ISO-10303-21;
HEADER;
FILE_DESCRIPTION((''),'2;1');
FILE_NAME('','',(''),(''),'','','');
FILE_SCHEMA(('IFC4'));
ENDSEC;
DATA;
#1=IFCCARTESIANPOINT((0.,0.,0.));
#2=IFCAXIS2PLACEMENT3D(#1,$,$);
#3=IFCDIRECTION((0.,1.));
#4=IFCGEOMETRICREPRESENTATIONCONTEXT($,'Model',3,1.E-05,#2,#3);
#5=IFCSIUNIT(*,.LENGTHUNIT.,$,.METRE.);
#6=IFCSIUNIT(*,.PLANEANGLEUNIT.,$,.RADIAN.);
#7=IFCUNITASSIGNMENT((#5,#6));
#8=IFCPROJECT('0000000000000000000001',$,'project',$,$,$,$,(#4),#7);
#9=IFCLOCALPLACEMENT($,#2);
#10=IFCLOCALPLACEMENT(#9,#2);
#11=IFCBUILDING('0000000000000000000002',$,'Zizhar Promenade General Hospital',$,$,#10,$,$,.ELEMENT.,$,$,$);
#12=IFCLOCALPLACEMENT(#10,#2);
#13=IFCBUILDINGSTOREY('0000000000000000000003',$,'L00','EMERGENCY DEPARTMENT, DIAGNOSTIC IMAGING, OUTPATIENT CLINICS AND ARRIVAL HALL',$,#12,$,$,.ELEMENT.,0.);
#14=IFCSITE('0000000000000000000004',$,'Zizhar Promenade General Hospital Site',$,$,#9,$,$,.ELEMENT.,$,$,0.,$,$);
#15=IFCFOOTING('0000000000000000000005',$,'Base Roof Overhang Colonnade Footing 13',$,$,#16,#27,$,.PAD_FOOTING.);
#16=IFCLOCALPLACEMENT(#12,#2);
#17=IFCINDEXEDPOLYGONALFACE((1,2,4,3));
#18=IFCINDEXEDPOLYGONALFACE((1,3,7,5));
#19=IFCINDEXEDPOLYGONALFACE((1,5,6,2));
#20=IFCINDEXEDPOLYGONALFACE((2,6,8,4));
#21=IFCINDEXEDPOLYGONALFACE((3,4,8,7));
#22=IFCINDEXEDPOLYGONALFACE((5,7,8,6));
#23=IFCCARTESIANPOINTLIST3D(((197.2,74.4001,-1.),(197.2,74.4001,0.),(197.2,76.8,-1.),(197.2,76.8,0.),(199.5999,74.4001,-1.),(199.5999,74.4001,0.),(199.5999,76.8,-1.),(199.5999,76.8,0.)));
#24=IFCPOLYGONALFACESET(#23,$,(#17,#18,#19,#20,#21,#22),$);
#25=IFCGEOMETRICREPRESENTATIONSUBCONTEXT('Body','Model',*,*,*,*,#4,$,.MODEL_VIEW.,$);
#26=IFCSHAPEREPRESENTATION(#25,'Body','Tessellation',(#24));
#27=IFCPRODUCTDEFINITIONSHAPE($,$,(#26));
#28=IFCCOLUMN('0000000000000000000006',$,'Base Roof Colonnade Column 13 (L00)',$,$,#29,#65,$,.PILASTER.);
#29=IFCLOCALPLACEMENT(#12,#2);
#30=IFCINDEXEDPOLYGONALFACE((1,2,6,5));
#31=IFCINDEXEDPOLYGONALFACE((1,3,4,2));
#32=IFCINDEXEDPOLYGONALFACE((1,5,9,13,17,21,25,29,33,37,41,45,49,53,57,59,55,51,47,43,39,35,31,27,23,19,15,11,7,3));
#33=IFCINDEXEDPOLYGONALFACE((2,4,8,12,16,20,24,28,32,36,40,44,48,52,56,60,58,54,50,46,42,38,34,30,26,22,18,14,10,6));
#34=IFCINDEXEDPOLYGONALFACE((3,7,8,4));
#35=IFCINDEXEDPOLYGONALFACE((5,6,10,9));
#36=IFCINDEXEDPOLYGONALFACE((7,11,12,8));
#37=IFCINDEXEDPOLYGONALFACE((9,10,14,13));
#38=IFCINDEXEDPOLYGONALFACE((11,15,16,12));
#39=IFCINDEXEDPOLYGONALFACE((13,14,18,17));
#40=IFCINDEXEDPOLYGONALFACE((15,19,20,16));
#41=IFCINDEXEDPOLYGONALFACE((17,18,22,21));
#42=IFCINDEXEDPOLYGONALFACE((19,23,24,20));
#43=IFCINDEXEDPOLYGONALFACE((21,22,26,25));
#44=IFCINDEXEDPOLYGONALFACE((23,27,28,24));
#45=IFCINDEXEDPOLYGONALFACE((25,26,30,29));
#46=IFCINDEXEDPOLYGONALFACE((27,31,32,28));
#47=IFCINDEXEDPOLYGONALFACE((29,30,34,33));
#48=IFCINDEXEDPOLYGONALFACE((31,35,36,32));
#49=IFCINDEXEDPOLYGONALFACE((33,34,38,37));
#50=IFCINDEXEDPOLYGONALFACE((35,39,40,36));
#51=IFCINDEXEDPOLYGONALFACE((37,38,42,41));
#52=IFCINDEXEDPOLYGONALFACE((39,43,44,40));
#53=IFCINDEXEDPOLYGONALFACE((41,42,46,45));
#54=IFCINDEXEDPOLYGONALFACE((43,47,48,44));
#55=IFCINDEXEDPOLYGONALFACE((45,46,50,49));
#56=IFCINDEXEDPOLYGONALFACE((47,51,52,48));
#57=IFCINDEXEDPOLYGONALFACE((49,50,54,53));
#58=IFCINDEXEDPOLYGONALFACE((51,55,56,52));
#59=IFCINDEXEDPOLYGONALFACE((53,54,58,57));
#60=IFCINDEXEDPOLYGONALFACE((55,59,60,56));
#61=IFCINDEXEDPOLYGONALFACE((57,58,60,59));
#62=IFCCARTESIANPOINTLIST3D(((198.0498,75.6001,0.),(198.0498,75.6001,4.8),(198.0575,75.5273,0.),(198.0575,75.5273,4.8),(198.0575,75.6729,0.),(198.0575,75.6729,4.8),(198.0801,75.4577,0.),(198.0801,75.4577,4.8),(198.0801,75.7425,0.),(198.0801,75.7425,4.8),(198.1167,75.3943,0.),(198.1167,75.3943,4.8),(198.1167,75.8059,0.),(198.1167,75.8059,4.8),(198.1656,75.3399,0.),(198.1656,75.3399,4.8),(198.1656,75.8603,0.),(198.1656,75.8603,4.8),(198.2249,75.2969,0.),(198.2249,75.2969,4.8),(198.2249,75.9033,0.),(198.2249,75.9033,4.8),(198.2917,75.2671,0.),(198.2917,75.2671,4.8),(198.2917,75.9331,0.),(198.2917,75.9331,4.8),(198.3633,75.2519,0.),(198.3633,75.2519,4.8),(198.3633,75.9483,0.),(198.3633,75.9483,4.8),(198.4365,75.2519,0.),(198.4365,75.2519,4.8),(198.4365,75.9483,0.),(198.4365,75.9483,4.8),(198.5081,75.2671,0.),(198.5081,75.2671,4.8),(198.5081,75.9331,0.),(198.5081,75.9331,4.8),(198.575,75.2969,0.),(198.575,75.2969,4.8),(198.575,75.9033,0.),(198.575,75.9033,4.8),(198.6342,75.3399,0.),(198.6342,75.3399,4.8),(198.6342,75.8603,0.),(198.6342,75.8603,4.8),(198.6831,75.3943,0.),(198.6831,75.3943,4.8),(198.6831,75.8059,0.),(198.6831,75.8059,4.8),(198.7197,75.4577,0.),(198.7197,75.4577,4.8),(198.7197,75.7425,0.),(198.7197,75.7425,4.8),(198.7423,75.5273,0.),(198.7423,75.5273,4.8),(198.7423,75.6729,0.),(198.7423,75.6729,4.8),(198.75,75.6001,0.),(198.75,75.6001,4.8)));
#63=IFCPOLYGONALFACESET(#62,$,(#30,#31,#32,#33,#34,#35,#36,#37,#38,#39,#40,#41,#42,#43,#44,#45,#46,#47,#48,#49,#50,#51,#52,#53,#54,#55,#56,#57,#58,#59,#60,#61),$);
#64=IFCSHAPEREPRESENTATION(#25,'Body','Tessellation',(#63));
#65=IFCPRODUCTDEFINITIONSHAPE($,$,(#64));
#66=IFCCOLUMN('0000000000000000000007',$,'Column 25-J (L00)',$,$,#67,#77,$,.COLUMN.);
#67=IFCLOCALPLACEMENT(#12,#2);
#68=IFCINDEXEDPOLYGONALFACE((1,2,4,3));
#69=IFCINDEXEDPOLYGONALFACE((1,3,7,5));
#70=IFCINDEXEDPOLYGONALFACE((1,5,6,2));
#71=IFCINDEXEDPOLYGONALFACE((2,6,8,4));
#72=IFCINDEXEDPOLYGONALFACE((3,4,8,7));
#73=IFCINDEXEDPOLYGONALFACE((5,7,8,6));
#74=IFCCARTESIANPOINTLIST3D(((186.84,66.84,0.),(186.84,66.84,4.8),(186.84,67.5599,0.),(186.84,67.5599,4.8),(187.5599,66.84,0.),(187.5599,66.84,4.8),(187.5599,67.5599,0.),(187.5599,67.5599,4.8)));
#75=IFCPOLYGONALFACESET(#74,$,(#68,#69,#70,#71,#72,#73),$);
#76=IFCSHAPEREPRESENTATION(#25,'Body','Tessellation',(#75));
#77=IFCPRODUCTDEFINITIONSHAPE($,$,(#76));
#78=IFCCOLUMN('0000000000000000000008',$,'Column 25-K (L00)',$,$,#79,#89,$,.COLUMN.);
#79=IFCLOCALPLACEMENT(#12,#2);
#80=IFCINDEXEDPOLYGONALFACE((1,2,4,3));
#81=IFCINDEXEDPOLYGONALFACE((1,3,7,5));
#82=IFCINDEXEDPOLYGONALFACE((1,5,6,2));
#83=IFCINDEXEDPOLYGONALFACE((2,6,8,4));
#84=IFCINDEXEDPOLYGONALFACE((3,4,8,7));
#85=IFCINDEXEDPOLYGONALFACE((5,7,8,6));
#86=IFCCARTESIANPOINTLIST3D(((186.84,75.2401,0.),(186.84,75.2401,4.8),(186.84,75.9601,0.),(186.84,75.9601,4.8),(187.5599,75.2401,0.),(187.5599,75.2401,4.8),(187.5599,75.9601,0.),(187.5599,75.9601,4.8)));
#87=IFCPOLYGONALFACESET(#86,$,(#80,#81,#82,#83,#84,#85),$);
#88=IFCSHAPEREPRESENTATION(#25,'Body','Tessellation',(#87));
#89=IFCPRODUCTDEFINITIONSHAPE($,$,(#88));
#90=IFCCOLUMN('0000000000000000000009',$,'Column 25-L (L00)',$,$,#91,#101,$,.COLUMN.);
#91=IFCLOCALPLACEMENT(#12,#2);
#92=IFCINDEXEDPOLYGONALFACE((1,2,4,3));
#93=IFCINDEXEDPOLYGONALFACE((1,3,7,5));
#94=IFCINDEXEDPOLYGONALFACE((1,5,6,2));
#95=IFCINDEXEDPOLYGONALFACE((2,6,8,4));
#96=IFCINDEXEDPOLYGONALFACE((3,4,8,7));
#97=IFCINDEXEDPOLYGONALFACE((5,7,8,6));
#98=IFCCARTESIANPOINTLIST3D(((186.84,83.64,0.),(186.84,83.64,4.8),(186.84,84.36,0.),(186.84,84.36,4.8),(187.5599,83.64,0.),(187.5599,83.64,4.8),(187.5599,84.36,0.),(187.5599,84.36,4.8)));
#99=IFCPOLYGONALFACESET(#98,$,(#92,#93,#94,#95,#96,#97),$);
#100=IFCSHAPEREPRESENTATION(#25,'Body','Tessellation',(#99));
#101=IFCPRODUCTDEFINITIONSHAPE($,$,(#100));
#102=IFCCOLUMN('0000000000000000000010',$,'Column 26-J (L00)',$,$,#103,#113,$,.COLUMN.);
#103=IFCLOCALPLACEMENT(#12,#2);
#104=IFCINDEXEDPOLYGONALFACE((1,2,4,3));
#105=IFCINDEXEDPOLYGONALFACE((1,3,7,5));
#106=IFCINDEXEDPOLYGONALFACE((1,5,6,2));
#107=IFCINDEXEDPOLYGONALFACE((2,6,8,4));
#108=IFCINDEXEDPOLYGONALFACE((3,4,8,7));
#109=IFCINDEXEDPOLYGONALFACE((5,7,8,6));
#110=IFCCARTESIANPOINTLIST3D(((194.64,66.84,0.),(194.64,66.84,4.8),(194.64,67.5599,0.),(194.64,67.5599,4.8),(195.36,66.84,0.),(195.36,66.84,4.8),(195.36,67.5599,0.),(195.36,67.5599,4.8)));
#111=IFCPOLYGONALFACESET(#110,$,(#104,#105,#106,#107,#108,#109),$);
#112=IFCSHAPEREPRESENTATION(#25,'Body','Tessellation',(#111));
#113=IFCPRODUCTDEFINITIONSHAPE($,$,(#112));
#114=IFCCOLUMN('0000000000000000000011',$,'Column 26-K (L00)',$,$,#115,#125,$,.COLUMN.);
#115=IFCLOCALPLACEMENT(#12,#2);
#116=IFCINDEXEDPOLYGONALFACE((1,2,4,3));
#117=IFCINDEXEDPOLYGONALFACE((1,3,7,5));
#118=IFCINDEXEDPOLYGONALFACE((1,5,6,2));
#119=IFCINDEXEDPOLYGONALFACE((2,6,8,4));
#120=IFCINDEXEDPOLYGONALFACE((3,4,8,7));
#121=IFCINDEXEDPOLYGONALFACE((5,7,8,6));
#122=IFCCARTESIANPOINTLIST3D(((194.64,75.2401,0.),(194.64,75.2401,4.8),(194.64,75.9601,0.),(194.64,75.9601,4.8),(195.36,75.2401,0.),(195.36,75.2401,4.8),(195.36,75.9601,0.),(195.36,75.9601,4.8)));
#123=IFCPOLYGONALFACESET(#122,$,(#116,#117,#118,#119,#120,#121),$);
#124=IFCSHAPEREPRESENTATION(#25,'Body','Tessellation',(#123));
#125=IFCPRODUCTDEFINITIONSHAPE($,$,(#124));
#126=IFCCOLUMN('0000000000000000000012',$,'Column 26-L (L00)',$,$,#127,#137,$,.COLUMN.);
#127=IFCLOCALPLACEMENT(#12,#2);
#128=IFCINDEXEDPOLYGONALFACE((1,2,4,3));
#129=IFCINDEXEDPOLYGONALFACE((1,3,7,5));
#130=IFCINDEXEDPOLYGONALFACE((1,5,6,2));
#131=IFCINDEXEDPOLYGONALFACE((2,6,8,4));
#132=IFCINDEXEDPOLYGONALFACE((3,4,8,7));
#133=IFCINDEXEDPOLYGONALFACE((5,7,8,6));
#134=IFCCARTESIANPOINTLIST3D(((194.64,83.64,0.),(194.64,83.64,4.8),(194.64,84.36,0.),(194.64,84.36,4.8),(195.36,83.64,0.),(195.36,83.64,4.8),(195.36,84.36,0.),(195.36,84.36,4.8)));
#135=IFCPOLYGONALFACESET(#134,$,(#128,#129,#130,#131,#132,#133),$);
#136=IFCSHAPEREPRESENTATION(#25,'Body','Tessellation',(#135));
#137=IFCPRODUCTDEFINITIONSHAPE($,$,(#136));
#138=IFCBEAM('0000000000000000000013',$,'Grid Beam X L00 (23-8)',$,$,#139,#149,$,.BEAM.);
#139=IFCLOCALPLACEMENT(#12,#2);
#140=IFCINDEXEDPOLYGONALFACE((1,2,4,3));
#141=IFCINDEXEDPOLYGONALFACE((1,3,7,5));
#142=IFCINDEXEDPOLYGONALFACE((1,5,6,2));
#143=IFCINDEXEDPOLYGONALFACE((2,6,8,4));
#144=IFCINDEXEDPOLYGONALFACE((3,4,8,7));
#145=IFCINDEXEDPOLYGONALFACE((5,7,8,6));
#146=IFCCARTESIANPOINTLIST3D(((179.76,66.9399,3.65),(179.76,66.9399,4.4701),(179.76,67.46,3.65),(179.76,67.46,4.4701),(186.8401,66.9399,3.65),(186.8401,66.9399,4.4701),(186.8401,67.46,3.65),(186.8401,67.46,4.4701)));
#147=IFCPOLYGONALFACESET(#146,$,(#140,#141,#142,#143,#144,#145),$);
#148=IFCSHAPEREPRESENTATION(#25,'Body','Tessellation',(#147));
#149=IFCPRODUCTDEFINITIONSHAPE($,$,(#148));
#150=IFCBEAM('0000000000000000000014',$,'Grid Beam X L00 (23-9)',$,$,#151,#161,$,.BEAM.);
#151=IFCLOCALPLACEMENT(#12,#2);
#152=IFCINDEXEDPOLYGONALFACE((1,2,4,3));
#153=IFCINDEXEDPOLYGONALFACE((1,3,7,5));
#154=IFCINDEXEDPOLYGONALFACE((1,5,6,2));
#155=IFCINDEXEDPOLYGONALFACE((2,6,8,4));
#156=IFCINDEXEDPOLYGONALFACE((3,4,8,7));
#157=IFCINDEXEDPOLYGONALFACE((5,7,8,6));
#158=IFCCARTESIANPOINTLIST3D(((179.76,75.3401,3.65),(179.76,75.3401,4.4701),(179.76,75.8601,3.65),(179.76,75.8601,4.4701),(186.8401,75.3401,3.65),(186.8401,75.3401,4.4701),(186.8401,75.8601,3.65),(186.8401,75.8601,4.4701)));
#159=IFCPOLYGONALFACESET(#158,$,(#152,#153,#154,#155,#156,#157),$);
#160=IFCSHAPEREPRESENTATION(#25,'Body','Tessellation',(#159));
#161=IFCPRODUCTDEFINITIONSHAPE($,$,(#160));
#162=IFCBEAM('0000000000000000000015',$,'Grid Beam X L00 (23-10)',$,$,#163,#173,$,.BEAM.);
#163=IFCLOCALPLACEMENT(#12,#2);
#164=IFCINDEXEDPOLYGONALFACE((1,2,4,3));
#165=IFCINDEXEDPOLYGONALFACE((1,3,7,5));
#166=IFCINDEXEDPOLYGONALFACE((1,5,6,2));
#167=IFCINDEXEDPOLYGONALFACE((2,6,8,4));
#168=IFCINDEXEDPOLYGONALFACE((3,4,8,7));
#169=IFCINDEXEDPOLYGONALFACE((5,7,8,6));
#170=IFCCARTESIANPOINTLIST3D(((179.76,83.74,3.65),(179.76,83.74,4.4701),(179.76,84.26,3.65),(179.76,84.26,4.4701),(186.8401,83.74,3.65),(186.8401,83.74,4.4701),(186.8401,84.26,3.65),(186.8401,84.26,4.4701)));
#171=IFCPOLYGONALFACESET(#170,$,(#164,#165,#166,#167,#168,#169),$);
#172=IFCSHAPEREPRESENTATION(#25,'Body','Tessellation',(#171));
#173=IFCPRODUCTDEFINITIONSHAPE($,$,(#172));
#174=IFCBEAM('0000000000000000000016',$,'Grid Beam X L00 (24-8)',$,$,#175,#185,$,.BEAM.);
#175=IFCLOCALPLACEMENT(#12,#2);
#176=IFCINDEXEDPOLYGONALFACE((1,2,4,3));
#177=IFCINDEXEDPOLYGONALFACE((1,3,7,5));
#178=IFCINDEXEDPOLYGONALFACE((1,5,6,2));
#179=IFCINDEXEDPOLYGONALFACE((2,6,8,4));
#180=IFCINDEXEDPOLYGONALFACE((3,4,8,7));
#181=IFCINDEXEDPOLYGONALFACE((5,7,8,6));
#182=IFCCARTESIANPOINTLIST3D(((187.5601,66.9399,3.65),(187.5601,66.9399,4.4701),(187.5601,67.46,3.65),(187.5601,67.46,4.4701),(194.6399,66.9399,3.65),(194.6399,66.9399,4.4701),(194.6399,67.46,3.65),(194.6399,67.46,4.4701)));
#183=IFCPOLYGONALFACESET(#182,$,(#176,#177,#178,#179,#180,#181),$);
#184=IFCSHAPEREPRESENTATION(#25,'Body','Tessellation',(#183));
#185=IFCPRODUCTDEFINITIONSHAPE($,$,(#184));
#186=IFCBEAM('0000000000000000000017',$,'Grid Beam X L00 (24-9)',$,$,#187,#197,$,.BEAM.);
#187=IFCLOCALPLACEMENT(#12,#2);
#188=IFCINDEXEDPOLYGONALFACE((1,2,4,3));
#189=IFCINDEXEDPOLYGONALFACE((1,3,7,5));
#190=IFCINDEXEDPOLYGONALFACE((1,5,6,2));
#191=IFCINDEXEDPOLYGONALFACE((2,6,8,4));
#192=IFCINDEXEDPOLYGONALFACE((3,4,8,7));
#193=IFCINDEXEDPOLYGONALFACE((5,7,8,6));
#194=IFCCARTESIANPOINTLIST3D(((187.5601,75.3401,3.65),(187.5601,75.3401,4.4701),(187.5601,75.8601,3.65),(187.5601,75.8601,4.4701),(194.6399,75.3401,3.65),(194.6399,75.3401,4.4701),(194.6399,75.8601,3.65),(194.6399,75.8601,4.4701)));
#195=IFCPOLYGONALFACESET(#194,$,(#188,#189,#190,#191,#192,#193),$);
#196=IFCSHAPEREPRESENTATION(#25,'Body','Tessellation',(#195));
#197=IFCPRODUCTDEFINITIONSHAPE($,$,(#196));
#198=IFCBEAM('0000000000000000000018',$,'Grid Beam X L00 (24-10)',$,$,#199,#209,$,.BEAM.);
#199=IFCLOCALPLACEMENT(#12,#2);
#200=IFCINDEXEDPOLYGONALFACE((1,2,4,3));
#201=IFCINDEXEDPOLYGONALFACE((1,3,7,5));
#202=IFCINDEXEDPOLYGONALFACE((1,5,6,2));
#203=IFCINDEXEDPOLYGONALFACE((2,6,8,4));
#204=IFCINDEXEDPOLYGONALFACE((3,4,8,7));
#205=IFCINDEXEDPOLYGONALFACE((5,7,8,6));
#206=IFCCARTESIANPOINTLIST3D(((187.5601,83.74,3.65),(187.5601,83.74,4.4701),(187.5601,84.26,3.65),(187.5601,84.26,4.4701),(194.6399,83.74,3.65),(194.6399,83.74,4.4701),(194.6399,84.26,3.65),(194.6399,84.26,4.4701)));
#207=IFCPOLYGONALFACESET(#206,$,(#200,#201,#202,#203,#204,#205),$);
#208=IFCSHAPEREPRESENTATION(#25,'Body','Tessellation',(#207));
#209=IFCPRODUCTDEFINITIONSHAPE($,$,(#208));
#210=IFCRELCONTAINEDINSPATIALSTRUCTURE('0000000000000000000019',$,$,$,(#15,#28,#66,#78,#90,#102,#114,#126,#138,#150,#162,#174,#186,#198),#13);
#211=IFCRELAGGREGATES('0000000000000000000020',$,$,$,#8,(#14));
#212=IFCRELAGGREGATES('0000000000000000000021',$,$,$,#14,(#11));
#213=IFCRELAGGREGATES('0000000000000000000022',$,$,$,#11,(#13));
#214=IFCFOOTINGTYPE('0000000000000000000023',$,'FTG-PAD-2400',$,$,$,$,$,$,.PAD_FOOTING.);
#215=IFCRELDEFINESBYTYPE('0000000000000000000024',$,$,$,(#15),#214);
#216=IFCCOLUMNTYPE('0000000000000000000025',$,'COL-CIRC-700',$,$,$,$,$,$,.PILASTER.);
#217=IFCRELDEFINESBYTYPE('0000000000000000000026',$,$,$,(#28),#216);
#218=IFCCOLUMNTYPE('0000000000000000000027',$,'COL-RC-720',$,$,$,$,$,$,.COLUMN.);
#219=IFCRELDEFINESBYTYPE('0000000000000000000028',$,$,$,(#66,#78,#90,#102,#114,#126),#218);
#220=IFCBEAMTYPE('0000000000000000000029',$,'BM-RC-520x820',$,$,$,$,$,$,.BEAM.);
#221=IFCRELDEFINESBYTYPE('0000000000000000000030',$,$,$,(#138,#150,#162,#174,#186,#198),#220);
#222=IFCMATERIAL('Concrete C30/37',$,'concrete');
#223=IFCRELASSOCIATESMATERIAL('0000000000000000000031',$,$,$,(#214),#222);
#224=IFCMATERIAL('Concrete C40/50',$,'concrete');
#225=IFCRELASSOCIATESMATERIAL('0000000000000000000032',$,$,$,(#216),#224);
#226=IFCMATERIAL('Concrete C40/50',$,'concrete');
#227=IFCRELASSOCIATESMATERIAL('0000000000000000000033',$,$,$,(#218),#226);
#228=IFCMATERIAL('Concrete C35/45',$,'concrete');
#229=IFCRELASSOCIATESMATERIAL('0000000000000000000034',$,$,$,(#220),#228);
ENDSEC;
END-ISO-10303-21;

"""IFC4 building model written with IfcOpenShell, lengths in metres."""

from ifc_helpers import new_model, si_unit, direction, frame, origin, origin_2d, place, context, subcontext, project, spatial, rectangle, circle, extrude, material, material_profile, profile_set, type_object, element, save


model = new_model("IFC4")

# Units and contexts
model_context = context("Model", 3, precision=1e-05, world=origin(), true_north=direction((0.0, 1.0)))
body_context = subcontext(model_context, "Body", "Model", "MODEL_VIEW")
ifc_project = project(units=[si_unit("LENGTHUNIT", "METRE"), si_unit("PLANEANGLEUNIT", "RADIAN")], contexts=[model_context])

# Site, building, storey
site_placement = place(None, origin())
site = spatial("IfcSite", under=ifc_project, at=site_placement, Name="Zizhar Promenade General Hospital Site", CompositionType="ELEMENT", RefElevation=0.0)
building_placement = place(site_placement, origin())
building = spatial("IfcBuilding", under=site, at=building_placement, Name="Zizhar Promenade General Hospital", CompositionType="ELEMENT")
storey_placement = place(building_placement, origin())
storey = spatial("IfcBuildingStorey", under=building, at=storey_placement, Name="L00", Description="EMERGENCY DEPARTMENT, DIAGNOSTIC IMAGING, OUTPATIENT CLINICS AND ARRIVAL HALL", CompositionType="ELEMENT", Elevation=0.0)

# Footing
ifc_material_1 = material(Name="Concrete C30/37", Category="concrete")
footing_type = type_object("IfcFootingType", Name="FTG-PAD-2400", PredefinedType="PAD_FOOTING", material=ifc_material_1)
footing_placement = place(storey_placement, frame((198.3999, 75.6001, -1.0), z_axis=(0.0, 0.0, 1.0), x_axis=(1.0, 0.0, 0.0)))
element("IfcFooting", 1, at=footing_placement, inside=storey, type_object=footing_type, Name="Base Roof Overhang Colonnade Footing 13", PredefinedType="PAD_FOOTING", context=body_context, shape_type="SweptSolid", body=[
    extrude(rectangle(XDim=2.3999, YDim=2.3999, at=origin_2d()), origin(), (0.0, 0.0, 1.0), 1.0),
])

# Columns
ifc_material_2 = material(Name="Concrete C40/50", Category="concrete")
ifc_material_profile_1 = material_profile(ifc_material_2, circle(Radius=0.3501, at=origin_2d()))
ifc_profile_set_1 = profile_set([ifc_material_profile_1], Name="Concrete C40/50")
column_type_1 = type_object("IfcColumnType", Name="COL-CIRC-700", PredefinedType="PILASTER", material=ifc_profile_set_1)
column_placement = place(storey_placement, frame((198.3999, 75.6001, 0.0), z_axis=(0.0, 0.0, 1.0), x_axis=(1.0, 0.0, 0.0)))
element("IfcColumn", 2, at=column_placement, inside=storey, type_object=column_type_1, Name="Base Roof Colonnade Column 13 (L00)", PredefinedType="PILASTER", context=body_context, shape_type="SweptSolid", body=[
    extrude(circle(Radius=0.3501, at=origin_2d()), origin(), (0.0, 0.0, 1.0), 4.8),
])
ifc_material_3 = material(Name="Concrete C40/50", Category="concrete")
ifc_material_profile_2 = material_profile(ifc_material_3, rectangle(XDim=0.72, YDim=0.72, at=origin_2d()))
ifc_profile_set_2 = profile_set([ifc_material_profile_2], Name="Concrete C40/50")
column_type_2 = type_object("IfcColumnType", Name="COL-RC-720", PredefinedType="COLUMN", material=ifc_profile_set_2)
for number, where, z_axis, x_axis, name in (
    (3, (187.2, 67.2, 0.0), (0.0, 0.0, 1.0), (1.0, 0.0, 0.0), "Column 25-J (L00)"),
    (4, (187.2, 75.6001, 0.0), (0.0, 0.0, 1.0), (1.0, 0.0, 0.0), "Column 25-K (L00)"),
    (5, (187.2, 84.0, 0.0), (0.0, 0.0, 1.0), (1.0, 0.0, 0.0), "Column 25-L (L00)"),
    (6, (195.0, 67.2, 0.0), (0.0, 0.0, 1.0), (1.0, 0.0, 0.0), "Column 26-J (L00)"),
    (7, (195.0, 75.6001, 0.0), (0.0, 0.0, 1.0), (1.0, 0.0, 0.0), "Column 26-K (L00)"),
    (8, (195.0, 84.0, 0.0), (0.0, 0.0, 1.0), (1.0, 0.0, 0.0), "Column 26-L (L00)"),
):
    element("IfcColumn", number, at=place(storey_placement, frame(where, z_axis=z_axis, x_axis=x_axis)), inside=storey, type_object=column_type_2, Name=name, PredefinedType="COLUMN", context=body_context, shape_type="SweptSolid", body=[
        extrude(rectangle(XDim=0.72, YDim=0.72, at=origin_2d()), origin(), (0.0, 0.0, 1.0), 4.8),
    ])

# Beams
ifc_material_4 = material(Name="Concrete C35/45", Category="concrete")
ifc_material_profile_3 = material_profile(ifc_material_4, rectangle(XDim=0.52, YDim=0.8201, at=origin_2d()))
ifc_profile_set_3 = profile_set([ifc_material_profile_3], Name="Concrete C35/45")
beam_type_1 = type_object("IfcBeamType", Name="BM-RC-520x820", PredefinedType="BEAM", material=ifc_profile_set_3)
for number, where, z_axis, x_axis, name in (
    (9, (179.76, 67.2, 4.0601), (1.0, 0.0, 0.0), (0.0, 1.0, 0.0), "Grid Beam X L00 (23-8)"),
    (10, (179.76, 75.6001, 4.0601), (1.0, 0.0, 0.0), (0.0, 1.0, 0.0), "Grid Beam X L00 (23-9)"),
    (11, (179.76, 84.0, 4.0601), (1.0, 0.0, 0.0), (0.0, 1.0, 0.0), "Grid Beam X L00 (23-10)"),
):
    element("IfcBeam", number, at=place(storey_placement, frame(where, z_axis=z_axis, x_axis=x_axis)), inside=storey, type_object=beam_type_1, Name=name, PredefinedType="BEAM", context=body_context, shape_type="SweptSolid", body=[
        extrude(rectangle(XDim=0.52, YDim=0.8201, at=origin_2d()), origin(), (0.0, 0.0, 1.0), 7.0801),
    ])
for number, where, z_axis, x_axis, name in (
    (12, (187.5601, 67.2, 4.0601), (1.0, 0.0, 0.0), (0.0, 1.0, 0.0), "Grid Beam X L00 (24-8)"),
    (13, (187.5601, 75.6001, 4.0601), (1.0, 0.0, 0.0), (0.0, 1.0, 0.0), "Grid Beam X L00 (24-9)"),
    (14, (187.5601, 84.0, 4.0601), (1.0, 0.0, 0.0), (0.0, 1.0, 0.0), "Grid Beam X L00 (24-10)"),
):
    element("IfcBeam", number, at=place(storey_placement, frame(where, z_axis=z_axis, x_axis=x_axis)), inside=storey, type_object=beam_type_1, Name=name, PredefinedType="BEAM", context=body_context, shape_type="SweptSolid", body=[
        extrude(rectangle(XDim=0.52, YDim=0.8201, at=origin_2d()), origin(), (0.0, 0.0, 1.0), 7.0798),
    ])

save(model, "model.ifc")
